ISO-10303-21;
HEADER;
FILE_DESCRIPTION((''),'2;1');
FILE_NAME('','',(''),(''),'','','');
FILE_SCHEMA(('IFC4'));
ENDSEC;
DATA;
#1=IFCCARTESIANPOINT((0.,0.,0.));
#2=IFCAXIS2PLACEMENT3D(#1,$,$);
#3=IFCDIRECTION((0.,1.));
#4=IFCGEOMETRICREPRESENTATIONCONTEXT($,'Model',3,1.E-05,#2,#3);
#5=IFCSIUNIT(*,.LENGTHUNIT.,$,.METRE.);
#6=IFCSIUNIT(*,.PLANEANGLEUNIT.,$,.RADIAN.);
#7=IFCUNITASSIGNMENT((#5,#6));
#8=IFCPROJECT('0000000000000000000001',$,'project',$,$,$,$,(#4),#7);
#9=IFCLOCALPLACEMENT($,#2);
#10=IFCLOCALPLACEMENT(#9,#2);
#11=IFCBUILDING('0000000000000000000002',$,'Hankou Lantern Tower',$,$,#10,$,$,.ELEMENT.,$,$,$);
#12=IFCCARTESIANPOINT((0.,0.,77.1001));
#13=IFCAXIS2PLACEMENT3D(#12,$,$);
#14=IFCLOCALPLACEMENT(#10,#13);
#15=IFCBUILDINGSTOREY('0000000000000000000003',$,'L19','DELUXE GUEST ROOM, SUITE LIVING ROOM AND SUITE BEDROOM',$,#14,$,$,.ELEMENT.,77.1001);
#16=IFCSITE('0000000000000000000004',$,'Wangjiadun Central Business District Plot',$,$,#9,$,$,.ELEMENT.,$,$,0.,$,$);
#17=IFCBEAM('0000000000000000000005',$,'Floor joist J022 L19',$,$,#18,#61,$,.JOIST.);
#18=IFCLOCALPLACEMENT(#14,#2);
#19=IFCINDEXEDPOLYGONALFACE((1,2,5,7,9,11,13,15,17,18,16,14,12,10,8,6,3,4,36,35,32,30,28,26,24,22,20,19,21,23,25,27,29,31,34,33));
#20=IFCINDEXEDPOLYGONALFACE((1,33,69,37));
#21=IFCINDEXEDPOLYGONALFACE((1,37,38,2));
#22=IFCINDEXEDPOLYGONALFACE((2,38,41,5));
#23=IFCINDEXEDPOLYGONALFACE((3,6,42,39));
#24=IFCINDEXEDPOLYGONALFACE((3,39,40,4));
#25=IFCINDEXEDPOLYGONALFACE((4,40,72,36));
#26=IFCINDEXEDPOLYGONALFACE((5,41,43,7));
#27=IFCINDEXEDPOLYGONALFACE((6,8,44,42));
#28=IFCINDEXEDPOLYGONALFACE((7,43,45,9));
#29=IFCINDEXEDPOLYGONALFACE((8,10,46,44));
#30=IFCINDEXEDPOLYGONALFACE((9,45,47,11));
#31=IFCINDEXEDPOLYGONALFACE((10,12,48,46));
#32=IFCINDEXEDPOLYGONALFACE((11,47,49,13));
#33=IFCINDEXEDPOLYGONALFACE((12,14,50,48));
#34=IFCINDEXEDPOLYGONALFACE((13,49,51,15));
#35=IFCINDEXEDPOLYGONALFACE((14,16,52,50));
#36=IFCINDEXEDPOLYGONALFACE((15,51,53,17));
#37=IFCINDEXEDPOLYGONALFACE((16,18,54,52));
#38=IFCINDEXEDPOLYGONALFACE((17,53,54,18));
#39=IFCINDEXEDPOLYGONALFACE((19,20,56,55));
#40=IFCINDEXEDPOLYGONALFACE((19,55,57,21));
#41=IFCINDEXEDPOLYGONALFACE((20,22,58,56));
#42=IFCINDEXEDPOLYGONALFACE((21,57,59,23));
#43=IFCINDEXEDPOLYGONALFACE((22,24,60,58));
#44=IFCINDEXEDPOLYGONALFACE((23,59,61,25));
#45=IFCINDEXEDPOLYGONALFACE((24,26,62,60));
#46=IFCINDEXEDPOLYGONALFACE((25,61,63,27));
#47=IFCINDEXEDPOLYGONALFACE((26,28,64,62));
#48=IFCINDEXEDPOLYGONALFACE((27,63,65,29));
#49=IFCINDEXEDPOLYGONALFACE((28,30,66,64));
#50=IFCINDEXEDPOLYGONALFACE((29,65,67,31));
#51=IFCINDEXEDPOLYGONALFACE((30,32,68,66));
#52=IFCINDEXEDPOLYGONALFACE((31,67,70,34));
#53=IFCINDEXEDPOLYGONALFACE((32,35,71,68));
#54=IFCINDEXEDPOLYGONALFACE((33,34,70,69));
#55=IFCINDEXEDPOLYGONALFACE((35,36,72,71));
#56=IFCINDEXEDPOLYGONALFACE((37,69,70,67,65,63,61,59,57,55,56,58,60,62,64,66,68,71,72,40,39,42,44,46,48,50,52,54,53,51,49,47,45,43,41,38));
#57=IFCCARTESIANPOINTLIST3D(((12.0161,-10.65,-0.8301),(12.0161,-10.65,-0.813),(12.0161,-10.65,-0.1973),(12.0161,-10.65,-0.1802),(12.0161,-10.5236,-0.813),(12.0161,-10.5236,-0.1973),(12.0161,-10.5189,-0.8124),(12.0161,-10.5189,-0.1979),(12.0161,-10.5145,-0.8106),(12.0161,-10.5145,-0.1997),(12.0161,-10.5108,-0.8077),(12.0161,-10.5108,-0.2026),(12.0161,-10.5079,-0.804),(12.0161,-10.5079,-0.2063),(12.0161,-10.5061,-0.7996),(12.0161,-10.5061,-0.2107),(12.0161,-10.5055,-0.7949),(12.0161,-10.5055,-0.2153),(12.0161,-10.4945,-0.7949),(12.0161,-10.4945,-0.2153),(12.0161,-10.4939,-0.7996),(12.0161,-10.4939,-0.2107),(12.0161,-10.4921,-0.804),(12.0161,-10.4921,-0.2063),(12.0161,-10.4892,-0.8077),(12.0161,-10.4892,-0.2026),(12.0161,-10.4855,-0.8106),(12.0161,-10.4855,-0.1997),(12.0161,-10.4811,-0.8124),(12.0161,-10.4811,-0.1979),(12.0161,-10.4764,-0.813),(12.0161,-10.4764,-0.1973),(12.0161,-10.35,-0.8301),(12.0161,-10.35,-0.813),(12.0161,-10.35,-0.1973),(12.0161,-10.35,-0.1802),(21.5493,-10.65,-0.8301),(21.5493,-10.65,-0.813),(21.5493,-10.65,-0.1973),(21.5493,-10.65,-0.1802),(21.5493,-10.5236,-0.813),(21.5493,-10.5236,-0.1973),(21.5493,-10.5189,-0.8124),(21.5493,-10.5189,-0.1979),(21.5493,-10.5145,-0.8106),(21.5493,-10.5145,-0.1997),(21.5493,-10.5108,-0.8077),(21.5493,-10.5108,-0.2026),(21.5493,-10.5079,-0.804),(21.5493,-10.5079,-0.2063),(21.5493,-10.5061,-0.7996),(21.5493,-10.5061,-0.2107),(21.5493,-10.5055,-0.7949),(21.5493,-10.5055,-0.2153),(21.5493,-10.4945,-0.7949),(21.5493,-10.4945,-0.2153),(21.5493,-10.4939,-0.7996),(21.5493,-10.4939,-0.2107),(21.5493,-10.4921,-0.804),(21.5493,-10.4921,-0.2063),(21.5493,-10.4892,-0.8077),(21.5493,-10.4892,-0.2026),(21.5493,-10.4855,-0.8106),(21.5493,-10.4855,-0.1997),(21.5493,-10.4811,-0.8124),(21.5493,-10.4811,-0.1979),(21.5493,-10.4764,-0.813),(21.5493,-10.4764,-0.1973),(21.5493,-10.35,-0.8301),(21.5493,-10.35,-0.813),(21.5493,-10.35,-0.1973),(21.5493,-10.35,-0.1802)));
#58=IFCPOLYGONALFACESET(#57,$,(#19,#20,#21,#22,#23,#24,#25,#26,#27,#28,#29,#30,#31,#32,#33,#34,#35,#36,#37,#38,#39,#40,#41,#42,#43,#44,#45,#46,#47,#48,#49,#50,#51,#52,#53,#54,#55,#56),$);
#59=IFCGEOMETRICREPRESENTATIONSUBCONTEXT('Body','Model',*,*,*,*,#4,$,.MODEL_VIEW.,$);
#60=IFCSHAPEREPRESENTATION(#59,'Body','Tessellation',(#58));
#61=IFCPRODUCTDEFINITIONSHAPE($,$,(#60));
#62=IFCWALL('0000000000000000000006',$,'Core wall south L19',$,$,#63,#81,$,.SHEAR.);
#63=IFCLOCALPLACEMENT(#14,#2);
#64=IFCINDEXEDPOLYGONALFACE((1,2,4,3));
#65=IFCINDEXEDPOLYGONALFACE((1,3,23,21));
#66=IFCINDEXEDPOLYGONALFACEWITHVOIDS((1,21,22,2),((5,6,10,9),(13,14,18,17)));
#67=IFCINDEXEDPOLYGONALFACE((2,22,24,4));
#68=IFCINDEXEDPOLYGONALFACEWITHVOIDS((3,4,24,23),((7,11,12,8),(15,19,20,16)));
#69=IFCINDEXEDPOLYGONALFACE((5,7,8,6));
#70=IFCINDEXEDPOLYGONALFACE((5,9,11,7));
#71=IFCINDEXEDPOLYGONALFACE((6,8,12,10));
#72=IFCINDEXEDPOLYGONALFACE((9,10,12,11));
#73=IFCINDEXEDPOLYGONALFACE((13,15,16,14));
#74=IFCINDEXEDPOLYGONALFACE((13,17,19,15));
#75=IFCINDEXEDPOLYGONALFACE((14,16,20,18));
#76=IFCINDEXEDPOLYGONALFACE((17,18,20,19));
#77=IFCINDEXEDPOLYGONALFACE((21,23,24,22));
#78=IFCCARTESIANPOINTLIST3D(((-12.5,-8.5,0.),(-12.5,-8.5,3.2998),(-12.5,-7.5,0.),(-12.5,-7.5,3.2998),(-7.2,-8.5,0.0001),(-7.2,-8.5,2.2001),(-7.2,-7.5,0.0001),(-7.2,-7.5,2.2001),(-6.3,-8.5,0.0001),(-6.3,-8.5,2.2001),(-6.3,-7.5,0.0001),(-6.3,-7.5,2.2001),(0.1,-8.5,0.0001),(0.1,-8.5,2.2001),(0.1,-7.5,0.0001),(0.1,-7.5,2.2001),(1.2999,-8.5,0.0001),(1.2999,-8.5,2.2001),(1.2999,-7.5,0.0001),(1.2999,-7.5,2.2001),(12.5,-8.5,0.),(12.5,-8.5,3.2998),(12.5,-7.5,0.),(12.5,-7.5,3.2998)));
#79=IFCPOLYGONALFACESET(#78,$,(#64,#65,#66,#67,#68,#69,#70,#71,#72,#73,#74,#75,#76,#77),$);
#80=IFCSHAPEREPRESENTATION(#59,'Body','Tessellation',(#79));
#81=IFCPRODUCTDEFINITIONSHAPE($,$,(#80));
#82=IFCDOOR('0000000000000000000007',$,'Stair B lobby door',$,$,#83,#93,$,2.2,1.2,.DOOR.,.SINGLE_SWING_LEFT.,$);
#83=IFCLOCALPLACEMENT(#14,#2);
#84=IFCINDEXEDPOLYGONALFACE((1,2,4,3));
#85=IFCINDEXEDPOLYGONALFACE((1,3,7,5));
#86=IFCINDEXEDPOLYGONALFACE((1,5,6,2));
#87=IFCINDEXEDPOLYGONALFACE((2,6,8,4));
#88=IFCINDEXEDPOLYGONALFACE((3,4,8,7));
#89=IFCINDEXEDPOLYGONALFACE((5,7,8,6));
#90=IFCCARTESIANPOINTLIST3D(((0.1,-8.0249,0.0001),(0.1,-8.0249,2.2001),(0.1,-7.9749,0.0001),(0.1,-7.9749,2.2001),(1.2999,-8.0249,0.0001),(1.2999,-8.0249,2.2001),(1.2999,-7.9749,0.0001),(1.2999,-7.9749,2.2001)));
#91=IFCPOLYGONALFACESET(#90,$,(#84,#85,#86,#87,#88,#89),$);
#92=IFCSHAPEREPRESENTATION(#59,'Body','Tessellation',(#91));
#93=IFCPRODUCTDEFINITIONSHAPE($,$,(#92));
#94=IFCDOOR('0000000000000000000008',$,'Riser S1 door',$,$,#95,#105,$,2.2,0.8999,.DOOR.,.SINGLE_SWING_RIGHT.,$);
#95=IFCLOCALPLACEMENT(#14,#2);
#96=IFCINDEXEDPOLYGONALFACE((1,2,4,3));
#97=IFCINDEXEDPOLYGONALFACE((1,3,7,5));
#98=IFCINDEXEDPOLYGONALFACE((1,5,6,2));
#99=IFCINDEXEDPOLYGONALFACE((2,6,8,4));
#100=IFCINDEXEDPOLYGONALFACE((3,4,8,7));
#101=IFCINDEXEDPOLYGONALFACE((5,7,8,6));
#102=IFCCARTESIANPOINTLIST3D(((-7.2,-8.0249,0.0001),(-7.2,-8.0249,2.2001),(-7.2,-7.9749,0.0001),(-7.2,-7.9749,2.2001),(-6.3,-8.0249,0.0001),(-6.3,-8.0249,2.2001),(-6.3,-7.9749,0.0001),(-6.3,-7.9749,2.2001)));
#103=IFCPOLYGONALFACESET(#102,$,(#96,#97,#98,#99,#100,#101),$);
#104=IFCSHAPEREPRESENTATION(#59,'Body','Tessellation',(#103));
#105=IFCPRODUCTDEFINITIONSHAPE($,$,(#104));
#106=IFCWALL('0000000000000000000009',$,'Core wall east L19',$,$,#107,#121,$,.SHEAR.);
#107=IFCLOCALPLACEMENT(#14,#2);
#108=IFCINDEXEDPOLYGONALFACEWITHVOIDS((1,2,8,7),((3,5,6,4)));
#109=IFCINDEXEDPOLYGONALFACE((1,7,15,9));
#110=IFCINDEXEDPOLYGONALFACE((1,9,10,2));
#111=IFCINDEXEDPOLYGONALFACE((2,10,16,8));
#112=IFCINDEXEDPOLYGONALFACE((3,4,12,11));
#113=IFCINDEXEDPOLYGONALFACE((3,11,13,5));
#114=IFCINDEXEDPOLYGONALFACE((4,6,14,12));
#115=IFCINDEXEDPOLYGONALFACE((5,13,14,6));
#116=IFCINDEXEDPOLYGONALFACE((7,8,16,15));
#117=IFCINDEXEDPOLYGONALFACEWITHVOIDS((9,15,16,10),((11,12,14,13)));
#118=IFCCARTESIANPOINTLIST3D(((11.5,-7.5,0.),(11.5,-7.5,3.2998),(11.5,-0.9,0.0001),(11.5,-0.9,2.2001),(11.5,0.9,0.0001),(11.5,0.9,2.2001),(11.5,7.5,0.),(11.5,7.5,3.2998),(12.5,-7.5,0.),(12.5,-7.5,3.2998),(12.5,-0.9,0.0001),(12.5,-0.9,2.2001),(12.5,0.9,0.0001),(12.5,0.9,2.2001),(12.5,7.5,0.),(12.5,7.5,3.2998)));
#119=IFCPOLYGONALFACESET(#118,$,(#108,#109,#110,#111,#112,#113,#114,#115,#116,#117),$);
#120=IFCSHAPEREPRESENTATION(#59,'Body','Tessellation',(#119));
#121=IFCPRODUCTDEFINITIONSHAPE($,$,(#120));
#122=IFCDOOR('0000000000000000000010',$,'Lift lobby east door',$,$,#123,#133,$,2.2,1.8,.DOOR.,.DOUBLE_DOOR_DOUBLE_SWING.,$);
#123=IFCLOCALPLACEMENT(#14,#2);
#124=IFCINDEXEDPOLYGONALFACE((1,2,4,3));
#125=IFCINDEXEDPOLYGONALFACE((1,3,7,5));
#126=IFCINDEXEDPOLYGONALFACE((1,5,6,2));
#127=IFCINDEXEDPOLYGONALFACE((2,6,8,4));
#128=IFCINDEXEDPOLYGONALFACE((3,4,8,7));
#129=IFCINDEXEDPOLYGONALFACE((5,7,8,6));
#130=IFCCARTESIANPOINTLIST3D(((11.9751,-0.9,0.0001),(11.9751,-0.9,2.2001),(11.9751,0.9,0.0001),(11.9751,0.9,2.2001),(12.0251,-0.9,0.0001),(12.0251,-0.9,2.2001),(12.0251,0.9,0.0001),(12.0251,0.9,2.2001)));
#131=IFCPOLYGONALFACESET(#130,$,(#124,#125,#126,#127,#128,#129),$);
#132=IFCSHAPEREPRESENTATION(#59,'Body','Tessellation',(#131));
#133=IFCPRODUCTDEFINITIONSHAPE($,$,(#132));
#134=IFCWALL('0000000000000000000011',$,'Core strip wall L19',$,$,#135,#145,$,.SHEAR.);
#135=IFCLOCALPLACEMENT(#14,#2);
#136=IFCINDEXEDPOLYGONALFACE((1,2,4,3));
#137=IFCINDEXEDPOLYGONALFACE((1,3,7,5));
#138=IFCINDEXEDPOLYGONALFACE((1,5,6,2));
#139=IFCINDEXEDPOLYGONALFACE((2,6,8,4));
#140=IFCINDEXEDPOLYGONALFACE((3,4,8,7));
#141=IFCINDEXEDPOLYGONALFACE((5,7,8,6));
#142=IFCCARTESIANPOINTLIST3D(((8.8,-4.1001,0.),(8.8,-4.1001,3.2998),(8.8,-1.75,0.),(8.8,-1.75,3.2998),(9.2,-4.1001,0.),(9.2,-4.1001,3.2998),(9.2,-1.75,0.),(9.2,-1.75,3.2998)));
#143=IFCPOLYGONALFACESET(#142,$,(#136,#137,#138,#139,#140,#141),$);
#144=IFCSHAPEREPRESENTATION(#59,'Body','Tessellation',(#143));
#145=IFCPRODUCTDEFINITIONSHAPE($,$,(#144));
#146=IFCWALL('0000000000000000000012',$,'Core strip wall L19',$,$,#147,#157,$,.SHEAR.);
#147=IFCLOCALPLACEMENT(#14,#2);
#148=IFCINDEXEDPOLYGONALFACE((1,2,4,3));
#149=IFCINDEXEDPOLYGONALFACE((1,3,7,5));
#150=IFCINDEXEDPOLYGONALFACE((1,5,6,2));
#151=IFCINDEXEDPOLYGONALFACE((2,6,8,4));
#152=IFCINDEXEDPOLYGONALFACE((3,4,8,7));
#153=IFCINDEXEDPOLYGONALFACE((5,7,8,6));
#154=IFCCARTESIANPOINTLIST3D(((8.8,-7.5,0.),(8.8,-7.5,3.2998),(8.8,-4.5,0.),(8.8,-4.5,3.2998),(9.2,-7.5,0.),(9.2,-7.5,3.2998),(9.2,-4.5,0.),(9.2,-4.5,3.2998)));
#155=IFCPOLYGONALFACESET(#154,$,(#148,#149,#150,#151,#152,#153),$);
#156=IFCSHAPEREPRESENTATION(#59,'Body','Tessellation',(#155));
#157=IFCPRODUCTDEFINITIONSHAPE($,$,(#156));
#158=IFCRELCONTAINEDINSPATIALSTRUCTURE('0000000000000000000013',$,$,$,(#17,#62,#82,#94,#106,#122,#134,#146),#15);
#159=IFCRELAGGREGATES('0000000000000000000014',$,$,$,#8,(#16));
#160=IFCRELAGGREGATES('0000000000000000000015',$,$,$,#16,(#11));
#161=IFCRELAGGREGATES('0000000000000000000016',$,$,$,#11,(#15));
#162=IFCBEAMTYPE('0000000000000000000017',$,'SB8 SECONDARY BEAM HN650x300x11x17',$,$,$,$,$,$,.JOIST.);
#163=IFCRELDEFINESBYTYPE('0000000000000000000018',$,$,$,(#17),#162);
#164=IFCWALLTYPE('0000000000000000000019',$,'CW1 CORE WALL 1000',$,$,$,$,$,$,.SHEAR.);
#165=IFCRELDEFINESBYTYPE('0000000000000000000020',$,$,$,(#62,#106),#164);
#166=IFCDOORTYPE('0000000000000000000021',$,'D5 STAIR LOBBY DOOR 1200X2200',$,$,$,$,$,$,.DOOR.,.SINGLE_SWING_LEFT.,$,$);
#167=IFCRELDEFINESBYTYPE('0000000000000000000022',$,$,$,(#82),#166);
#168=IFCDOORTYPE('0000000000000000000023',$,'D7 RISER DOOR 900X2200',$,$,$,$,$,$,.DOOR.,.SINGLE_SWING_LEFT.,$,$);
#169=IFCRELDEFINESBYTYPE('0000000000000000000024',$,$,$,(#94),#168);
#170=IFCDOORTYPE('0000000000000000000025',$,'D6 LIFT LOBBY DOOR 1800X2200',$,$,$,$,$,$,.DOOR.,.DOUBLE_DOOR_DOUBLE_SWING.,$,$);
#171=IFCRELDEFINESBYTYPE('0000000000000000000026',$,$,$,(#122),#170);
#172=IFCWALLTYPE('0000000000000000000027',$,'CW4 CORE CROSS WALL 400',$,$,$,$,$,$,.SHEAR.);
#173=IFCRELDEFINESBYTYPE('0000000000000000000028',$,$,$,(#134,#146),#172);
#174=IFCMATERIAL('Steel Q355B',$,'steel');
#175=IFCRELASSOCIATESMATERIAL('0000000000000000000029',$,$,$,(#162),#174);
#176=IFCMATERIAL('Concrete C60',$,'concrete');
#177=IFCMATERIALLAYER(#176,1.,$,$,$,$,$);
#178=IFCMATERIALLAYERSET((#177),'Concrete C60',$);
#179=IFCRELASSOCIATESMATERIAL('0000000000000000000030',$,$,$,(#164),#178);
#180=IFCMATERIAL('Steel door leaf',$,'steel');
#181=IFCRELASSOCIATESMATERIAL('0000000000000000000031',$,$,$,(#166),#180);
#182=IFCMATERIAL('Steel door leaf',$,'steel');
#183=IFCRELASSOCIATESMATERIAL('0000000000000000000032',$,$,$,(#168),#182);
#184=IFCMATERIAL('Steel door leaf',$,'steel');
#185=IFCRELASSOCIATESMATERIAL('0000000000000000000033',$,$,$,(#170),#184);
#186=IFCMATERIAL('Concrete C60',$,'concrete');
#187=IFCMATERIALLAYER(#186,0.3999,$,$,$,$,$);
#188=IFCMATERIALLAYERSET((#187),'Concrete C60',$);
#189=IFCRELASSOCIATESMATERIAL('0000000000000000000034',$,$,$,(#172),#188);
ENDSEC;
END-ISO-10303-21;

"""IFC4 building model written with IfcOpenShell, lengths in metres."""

from ifc_helpers import new_model, si_unit, direction, frame, frame_2d, origin, origin_2d, place, context, subcontext, project, spatial, rectangle, i_section, extrude, material, layer, layer_set, material_profile, profile_set, type_object, element, fill, save


model = new_model("IFC4")

# Units and contexts
model_context = context("Model", 3, precision=1e-05, world=origin(), true_north=direction((0.0, 1.0)))
body_context = subcontext(model_context, "Body", "Model", "MODEL_VIEW")
ifc_project = project(units=[si_unit("LENGTHUNIT", "METRE"), si_unit("PLANEANGLEUNIT", "RADIAN")], contexts=[model_context])

# Site, building, storey
site_placement = place(None, origin())
site = spatial("IfcSite", under=ifc_project, at=site_placement, Name="Wangjiadun Central Business District Plot", CompositionType="ELEMENT", RefElevation=0.0)
building_placement = place(site_placement, origin())
building = spatial("IfcBuilding", under=site, at=building_placement, Name="Hankou Lantern Tower", CompositionType="ELEMENT")
storey_placement = place(building_placement, frame((0.0, 0.0, 77.1001)))
storey = spatial("IfcBuildingStorey", under=building, at=storey_placement, Name="L19", Description="DELUXE GUEST ROOM, SUITE LIVING ROOM AND SUITE BEDROOM", CompositionType="ELEMENT", Elevation=77.1001)

# Beam
ifc_material_1 = material(Name="Steel Q355B", Category="steel")
ifc_material_profile_1 = material_profile(ifc_material_1, i_section(OverallWidth=0.3, OverallDepth=0.6499, WebThickness=0.011, FlangeThickness=0.0171, FilletRadius=0.0181, at=origin_2d()), Name="HN650x300x11x17")
ifc_profile_set_1 = profile_set([ifc_material_profile_1], Name="Steel Q355B")
beam_type_1 = type_object("IfcBeamType", Name="SB8 SECONDARY BEAM HN650x300x11x17", PredefinedType="JOIST", material=ifc_profile_set_1)
beam_1_placement = place(storey_placement, frame((12.0161, -10.5, -0.5051), z_axis=(1.0, 0.0, 0.0), x_axis=(0.0, 1.0, 0.0)))
element("IfcBeam", 1, at=beam_1_placement, inside=storey, type_object=beam_type_1, Name="Floor joist J022 L19", PredefinedType="JOIST", context=body_context, shape_type="SweptSolid", body=[
    extrude(i_section(OverallWidth=0.3, OverallDepth=0.6499, WebThickness=0.011, FlangeThickness=0.0171, FilletRadius=0.0181, at=origin_2d()), origin(), (0.0, 0.0, 1.0), 9.5332),
])

# Wall, openings, doors
ifc_material_2 = material(Name="Concrete C60", Category="concrete")
ifc_layer_1 = layer(ifc_material_2, 1.0)
ifc_layer_set_1 = layer_set([ifc_layer_1], Name="Concrete C60")
wall_type_1 = type_object("IfcWallType", Name="CW1 CORE WALL 1000", PredefinedType="SHEAR", material=ifc_layer_set_1)
wall_1_placement = place(storey_placement, frame((12.5, -8.0, 0.0), z_axis=(0.0, 0.0, 1.0), x_axis=(-1.0, 0.0, 0.0)))
wall_1 = element("IfcWall", 2, at=wall_1_placement, inside=storey, type_object=wall_type_1, Name="Core wall south L19", PredefinedType="SHEAR", context=body_context, shape_type="SweptSolid", body=[
    extrude(rectangle(XDim=25.0, YDim=1.0, at=frame_2d((12.5, 0.0))), origin(), (0.0, 0.0, 1.0), 3.2998),
])
opening_1_placement = place(wall_1_placement, frame((11.2, 0.0, 0.0)))
opening_1 = element("IfcOpeningElement", 3, at=opening_1_placement, cuts=wall_1, PredefinedType="OPENING", context=body_context, shape_type="SweptSolid", body=[
    extrude(rectangle(XDim=1.2, YDim=2.2, at=frame_2d((0.6001, 1.1001))), frame((0.0, 0.51, 0.0), z_axis=(0.0, -1.0, 0.0), x_axis=(1.0, 0.0, 0.0)), (0.0, 0.0, 1.0), 1.02),
])
opening_2_placement = place(wall_1_placement, frame((18.8, 0.0, 0.0)))
opening_2 = element("IfcOpeningElement", 4, at=opening_2_placement, cuts=wall_1, PredefinedType="OPENING", context=body_context, shape_type="SweptSolid", body=[
    extrude(rectangle(XDim=0.8999, YDim=2.2, at=frame_2d((0.45, 1.1001))), frame((0.0, 0.51, 0.0), z_axis=(0.0, -1.0, 0.0), x_axis=(1.0, 0.0, 0.0)), (0.0, 0.0, 1.0), 1.02),
])
ifc_material_3 = material(Name="Steel door leaf", Category="steel")
door_type_1 = type_object("IfcDoorType", Name="D5 STAIR LOBBY DOOR 1200X2200", OperationType="SINGLE_SWING_LEFT", PredefinedType="DOOR", material=ifc_material_3)
door_1_placement = place(opening_1_placement, origin())
door_1 = element("IfcDoor", 5, at=door_1_placement, inside=storey, type_object=door_type_1, Name="Stair B lobby door", OperationType="SINGLE_SWING_LEFT", OverallHeight=2.2, OverallWidth=1.2, PredefinedType="DOOR", context=body_context, shape_type="SweptSolid", body=[
    extrude(rectangle(XDim=1.2, YDim=2.2, at=frame_2d((0.6001, 1.1001))), frame((0.0, 0.0249, 0.0), z_axis=(0.0, -1.0, 0.0), x_axis=(1.0, 0.0, 0.0)), (0.0, 0.0, 1.0), 0.05),
])
fill(opening_1, door_1)
ifc_material_4 = material(Name="Steel door leaf", Category="steel")
door_type_2 = type_object("IfcDoorType", Name="D7 RISER DOOR 900X2200", OperationType="SINGLE_SWING_LEFT", PredefinedType="DOOR", material=ifc_material_4)
door_2_placement = place(opening_2_placement, origin())
door_2 = element("IfcDoor", 6, at=door_2_placement, inside=storey, type_object=door_type_2, Name="Riser S1 door", OperationType="SINGLE_SWING_RIGHT", OverallHeight=2.2, OverallWidth=0.8999, PredefinedType="DOOR", context=body_context, shape_type="SweptSolid", body=[
    extrude(rectangle(XDim=0.8999, YDim=2.2, at=frame_2d((0.45, 1.1001))), frame((0.0, 0.0249, 0.0), z_axis=(0.0, -1.0, 0.0), x_axis=(1.0, 0.0, 0.0)), (0.0, 0.0, 1.0), 0.05),
])
fill(opening_2, door_2)

# Wall, opening, door
wall_2_placement = place(storey_placement, frame((12.0, -7.5, 0.0), z_axis=(0.0, 0.0, 1.0), x_axis=(0.0, 1.0, 0.0)))
wall_2 = element("IfcWall", 7, at=wall_2_placement, inside=storey, type_object=wall_type_1, Name="Core wall east L19", PredefinedType="SHEAR", context=body_context, shape_type="SweptSolid", body=[
    extrude(rectangle(XDim=15.0, YDim=1.0, at=frame_2d((7.5, 0.0))), origin(), (0.0, 0.0, 1.0), 3.2998),
])
opening_3_placement = place(wall_2_placement, frame((6.6001, 0.0, 0.0)))
opening_3 = element("IfcOpeningElement", 8, at=opening_3_placement, cuts=wall_2, PredefinedType="OPENING", context=body_context, shape_type="SweptSolid", body=[
    extrude(rectangle(XDim=1.8, YDim=2.2, at=frame_2d((0.8999, 1.1001))), frame((0.0, 0.51, 0.0), z_axis=(0.0, -1.0, 0.0), x_axis=(1.0, 0.0, 0.0)), (0.0, 0.0, 1.0), 1.02),
])
ifc_material_5 = material(Name="Steel door leaf", Category="steel")
door_type_3 = type_object("IfcDoorType", Name="D6 LIFT LOBBY DOOR 1800X2200", OperationType="DOUBLE_DOOR_DOUBLE_SWING", PredefinedType="DOOR", material=ifc_material_5)
door_3_placement = place(opening_3_placement, origin())
door_3 = element("IfcDoor", 9, at=door_3_placement, inside=storey, type_object=door_type_3, Name="Lift lobby east door", OperationType="DOUBLE_DOOR_DOUBLE_SWING", OverallHeight=2.2, OverallWidth=1.8, PredefinedType="DOOR", context=body_context, shape_type="SweptSolid", body=[
    extrude(rectangle(XDim=1.8, YDim=2.2, at=frame_2d((0.8999, 1.1001))), frame((0.0, 0.0249, 0.0), z_axis=(0.0, -1.0, 0.0), x_axis=(1.0, 0.0, 0.0)), (0.0, 0.0, 1.0), 0.05),
])
fill(opening_3, door_3)

# Walls
ifc_material_6 = material(Name="Concrete C60", Category="concrete")
ifc_layer_2 = layer(ifc_material_6, 0.3999)
ifc_layer_set_2 = layer_set([ifc_layer_2], Name="Concrete C60")
wall_type_2 = type_object("IfcWallType", Name="CW4 CORE CROSS WALL 400", PredefinedType="SHEAR", material=ifc_layer_set_2)
wall_3_placement = place(storey_placement, frame((9.0, -4.1001, 0.0), z_axis=(0.0, 0.0, 1.0), x_axis=(0.0, 1.0, 0.0)))
element("IfcWall", 10, at=wall_3_placement, inside=storey, type_object=wall_type_2, Name="Core strip wall L19", PredefinedType="SHEAR", context=body_context, shape_type="SweptSolid", body=[
    extrude(rectangle(XDim=2.3501, YDim=0.3999, at=frame_2d((1.175, 0.0))), origin(), (0.0, 0.0, 1.0), 3.2998),
])
wall_4_placement = place(storey_placement, frame((9.0, -7.5, 0.0), z_axis=(0.0, 0.0, 1.0), x_axis=(0.0, 1.0, 0.0)))
element("IfcWall", 11, at=wall_4_placement, inside=storey, type_object=wall_type_2, Name="Core strip wall L19", PredefinedType="SHEAR", context=body_context, shape_type="SweptSolid", body=[
    extrude(rectangle(XDim=3.0, YDim=0.3999, at=frame_2d((1.5, 0.0))), origin(), (0.0, 0.0, 1.0), 3.2998),
])

save(model, "model.ifc")
